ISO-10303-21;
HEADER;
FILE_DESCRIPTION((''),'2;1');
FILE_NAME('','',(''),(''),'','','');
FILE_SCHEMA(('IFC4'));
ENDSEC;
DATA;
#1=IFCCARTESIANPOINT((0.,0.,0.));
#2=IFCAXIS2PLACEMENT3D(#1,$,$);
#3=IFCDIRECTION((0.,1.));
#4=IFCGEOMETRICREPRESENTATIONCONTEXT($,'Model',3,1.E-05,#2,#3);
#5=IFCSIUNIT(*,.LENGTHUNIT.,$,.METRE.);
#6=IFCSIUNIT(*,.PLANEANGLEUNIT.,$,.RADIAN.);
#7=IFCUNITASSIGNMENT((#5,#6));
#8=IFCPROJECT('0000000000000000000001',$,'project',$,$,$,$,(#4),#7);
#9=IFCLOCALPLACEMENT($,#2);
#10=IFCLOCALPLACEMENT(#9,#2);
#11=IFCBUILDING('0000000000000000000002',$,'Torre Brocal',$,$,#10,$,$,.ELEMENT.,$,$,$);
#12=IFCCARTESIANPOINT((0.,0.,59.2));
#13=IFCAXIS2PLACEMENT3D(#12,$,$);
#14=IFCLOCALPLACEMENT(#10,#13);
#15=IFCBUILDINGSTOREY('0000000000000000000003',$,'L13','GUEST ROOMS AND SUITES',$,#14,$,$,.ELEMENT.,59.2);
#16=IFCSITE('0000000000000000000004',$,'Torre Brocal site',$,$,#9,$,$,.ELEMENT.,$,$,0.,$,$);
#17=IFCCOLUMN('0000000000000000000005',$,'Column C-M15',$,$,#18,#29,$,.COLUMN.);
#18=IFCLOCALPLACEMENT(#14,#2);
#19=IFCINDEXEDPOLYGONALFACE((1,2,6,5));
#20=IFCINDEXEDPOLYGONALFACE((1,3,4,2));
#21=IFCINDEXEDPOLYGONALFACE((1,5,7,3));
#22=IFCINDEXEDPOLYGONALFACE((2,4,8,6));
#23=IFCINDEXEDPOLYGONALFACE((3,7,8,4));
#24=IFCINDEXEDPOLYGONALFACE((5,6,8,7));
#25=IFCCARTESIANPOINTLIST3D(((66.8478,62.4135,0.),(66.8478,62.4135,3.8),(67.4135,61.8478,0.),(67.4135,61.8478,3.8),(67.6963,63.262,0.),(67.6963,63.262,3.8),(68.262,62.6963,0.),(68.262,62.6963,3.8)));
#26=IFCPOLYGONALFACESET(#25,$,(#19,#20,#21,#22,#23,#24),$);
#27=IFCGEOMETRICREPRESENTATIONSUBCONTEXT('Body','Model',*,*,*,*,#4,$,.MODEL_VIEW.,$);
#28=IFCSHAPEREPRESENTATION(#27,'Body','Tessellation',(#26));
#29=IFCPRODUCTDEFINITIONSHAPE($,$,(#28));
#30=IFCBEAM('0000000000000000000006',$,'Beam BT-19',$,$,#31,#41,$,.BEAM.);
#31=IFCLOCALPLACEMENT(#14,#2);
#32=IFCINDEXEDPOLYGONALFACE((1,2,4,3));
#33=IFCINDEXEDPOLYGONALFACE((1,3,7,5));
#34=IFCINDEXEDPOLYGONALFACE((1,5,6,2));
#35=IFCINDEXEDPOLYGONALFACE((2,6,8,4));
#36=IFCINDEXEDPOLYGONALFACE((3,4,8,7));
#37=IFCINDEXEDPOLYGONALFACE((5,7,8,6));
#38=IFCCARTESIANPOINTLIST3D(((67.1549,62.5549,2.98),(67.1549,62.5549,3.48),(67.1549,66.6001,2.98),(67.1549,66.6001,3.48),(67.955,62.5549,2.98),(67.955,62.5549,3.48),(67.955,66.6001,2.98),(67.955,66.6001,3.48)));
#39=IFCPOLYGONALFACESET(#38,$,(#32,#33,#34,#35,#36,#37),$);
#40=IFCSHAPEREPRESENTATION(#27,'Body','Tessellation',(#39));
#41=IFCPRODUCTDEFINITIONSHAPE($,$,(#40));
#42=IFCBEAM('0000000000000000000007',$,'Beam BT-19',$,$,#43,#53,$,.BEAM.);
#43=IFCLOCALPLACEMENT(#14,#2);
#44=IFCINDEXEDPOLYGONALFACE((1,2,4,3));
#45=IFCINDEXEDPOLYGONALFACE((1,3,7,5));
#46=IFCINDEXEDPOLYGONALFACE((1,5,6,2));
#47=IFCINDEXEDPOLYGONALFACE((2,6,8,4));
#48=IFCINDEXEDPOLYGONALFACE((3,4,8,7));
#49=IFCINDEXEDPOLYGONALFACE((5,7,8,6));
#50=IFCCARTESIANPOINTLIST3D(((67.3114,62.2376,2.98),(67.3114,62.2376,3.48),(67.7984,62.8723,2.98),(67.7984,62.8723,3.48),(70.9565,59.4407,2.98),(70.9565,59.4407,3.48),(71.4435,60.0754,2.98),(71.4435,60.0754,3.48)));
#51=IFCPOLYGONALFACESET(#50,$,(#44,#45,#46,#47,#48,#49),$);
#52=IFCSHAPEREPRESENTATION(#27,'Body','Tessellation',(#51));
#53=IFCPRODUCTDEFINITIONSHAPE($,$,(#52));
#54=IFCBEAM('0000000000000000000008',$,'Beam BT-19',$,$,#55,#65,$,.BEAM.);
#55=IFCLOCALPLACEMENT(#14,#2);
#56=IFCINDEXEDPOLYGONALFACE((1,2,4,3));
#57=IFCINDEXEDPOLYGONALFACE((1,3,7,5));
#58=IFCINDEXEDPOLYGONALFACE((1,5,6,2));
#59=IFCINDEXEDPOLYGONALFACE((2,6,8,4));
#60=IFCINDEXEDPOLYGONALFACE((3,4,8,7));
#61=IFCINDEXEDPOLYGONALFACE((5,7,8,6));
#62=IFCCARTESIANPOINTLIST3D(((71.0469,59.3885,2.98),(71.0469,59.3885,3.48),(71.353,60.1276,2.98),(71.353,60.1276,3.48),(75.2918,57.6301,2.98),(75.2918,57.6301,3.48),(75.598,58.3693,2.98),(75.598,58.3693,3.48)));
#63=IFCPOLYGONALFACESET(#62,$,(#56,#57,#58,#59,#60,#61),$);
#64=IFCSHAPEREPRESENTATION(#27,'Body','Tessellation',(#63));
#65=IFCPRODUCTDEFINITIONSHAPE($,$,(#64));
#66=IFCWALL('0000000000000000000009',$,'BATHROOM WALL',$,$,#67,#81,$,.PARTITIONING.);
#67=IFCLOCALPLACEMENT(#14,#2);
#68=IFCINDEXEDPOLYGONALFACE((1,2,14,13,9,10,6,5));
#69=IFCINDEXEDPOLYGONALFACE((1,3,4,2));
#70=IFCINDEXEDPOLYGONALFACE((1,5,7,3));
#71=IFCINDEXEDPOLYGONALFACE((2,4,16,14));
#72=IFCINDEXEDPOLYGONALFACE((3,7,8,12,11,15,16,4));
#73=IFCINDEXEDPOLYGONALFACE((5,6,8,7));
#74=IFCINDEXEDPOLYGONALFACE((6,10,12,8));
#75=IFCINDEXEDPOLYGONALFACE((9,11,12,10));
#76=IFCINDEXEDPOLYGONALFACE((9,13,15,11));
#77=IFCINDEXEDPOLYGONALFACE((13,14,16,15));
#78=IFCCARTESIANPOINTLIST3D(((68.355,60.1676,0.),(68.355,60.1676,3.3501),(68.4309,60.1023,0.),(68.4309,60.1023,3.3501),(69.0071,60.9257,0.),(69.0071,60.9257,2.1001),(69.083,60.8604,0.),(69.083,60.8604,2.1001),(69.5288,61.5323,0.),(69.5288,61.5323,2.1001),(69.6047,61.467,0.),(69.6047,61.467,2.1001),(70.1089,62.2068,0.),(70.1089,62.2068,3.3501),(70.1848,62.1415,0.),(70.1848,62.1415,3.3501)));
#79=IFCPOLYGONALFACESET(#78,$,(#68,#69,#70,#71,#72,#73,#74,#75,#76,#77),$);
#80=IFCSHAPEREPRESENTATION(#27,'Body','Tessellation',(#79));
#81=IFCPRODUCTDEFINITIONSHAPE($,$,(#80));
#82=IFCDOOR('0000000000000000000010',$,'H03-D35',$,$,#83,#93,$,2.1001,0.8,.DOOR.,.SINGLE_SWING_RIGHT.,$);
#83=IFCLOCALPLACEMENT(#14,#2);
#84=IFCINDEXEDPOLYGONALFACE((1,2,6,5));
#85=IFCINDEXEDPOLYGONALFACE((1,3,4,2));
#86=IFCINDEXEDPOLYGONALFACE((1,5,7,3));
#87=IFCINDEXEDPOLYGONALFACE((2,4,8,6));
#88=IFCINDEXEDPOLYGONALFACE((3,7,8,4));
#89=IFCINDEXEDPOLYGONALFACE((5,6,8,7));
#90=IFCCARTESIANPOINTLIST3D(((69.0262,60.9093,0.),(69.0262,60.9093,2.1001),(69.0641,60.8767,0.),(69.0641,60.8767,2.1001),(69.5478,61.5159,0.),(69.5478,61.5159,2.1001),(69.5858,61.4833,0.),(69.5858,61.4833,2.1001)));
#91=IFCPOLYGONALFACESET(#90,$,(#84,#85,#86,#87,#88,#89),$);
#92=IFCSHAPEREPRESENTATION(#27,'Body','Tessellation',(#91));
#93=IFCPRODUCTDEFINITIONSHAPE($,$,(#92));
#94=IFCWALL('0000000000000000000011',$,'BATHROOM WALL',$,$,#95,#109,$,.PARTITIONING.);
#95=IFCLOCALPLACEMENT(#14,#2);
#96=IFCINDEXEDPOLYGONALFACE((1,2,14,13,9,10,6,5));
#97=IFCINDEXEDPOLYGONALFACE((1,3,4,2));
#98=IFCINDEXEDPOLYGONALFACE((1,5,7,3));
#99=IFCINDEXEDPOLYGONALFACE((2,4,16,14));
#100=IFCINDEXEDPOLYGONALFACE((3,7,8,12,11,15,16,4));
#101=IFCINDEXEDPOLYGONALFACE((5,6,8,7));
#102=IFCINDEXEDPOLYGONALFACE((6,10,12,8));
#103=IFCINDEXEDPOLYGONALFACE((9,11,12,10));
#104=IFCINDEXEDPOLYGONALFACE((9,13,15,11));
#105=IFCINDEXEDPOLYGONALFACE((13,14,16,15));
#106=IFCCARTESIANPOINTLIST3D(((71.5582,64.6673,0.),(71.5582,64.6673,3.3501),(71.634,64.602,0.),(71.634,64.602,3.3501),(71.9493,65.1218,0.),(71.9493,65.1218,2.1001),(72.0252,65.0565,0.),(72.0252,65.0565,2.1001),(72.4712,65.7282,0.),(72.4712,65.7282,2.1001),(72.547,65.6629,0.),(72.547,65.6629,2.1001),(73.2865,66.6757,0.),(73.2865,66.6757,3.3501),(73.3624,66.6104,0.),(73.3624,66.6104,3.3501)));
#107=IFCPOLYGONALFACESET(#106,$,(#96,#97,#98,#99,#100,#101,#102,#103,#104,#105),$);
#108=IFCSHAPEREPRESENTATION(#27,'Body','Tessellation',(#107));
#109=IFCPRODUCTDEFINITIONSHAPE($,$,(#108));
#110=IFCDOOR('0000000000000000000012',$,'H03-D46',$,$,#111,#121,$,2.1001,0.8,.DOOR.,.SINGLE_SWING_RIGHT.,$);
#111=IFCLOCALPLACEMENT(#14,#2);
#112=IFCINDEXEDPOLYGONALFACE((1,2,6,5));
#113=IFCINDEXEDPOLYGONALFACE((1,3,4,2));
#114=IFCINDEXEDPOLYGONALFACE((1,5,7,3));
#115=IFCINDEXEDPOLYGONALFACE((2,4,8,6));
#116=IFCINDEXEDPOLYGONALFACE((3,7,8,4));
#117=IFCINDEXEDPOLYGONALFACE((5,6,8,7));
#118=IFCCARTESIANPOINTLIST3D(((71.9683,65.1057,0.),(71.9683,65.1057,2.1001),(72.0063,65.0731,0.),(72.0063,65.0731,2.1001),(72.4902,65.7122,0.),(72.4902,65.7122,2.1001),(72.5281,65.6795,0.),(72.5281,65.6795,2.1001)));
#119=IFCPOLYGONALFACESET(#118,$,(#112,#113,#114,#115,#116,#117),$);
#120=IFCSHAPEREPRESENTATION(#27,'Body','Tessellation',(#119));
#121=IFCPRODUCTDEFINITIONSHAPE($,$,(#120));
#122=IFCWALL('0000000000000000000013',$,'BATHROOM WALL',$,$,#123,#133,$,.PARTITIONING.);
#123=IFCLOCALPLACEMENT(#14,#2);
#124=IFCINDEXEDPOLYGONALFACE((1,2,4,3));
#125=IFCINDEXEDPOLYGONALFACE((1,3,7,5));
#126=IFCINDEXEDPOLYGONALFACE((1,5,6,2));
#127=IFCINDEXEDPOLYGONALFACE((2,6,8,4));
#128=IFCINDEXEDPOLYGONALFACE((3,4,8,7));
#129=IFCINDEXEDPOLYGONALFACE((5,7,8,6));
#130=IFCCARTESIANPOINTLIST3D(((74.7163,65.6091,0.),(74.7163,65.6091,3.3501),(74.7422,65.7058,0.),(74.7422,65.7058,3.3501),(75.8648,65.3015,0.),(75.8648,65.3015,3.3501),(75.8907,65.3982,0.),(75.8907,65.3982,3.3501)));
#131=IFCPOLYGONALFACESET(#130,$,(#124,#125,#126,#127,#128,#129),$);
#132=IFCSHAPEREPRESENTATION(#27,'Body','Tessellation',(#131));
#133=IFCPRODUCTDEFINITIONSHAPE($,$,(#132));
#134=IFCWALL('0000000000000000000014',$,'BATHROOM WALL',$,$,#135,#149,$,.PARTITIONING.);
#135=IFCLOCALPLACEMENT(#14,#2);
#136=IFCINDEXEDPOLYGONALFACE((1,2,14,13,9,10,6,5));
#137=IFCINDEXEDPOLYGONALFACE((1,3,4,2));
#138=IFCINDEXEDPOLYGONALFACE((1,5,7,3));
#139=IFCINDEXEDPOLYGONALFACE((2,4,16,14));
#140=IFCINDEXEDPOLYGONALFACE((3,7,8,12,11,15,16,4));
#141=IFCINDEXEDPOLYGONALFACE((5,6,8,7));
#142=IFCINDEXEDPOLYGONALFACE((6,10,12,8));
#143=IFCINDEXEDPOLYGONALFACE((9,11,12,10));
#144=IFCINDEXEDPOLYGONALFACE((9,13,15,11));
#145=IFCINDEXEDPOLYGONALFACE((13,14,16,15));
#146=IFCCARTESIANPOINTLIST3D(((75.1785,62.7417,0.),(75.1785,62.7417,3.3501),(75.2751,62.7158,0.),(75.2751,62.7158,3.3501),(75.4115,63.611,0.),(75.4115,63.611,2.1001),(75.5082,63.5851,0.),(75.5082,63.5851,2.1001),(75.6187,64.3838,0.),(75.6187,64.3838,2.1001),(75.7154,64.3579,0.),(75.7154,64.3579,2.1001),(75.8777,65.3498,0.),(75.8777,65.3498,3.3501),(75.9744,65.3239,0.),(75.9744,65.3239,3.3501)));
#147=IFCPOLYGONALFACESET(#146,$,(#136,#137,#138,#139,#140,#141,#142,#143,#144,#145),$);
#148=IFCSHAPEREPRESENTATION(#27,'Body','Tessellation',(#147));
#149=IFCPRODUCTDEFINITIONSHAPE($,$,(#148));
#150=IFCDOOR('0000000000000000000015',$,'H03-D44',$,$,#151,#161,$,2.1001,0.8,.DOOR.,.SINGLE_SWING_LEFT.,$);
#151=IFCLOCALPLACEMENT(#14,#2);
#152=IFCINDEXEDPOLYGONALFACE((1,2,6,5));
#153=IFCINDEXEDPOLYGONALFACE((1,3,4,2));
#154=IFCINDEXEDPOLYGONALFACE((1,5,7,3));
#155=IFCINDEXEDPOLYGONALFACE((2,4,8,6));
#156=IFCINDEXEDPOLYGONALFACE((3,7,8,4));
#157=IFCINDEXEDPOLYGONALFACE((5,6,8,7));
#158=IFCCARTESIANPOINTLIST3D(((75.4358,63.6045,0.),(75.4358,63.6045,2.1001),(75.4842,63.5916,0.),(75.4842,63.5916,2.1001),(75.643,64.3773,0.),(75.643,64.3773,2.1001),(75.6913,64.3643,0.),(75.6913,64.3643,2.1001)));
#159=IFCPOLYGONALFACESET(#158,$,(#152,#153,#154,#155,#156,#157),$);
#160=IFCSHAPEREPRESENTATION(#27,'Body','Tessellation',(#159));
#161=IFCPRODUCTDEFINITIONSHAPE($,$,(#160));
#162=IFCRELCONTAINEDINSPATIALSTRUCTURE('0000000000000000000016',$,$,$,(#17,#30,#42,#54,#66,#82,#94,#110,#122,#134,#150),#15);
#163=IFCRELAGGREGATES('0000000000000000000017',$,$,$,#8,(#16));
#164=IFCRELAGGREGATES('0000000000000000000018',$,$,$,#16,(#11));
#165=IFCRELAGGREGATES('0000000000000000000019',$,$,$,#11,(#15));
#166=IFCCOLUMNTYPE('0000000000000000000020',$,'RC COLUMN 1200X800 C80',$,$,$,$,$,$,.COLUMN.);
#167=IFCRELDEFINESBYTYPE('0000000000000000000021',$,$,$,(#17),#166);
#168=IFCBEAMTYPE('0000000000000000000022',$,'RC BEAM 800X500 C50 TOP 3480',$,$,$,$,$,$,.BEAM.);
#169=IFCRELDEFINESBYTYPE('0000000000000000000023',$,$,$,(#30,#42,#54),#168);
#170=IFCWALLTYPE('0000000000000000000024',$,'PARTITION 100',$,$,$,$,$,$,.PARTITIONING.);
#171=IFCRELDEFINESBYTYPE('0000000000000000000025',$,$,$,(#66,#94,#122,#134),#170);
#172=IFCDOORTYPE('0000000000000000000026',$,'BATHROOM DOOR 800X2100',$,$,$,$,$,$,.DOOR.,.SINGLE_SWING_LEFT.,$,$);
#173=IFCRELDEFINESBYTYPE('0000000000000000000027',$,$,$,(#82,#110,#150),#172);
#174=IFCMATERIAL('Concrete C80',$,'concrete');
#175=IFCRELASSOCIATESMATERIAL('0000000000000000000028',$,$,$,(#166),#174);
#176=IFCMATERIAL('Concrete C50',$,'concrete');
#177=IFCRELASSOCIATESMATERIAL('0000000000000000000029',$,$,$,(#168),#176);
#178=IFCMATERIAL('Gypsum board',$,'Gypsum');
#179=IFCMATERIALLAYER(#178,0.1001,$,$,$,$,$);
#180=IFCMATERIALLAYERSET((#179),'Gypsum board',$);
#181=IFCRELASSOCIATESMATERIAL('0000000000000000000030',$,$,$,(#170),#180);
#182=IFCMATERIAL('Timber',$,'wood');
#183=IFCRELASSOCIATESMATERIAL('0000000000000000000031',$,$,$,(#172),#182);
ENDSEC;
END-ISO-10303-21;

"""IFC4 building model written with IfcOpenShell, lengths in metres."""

from ifc_helpers import new_model, si_unit, direction, frame, frame_2d, origin, origin_2d, place, context, subcontext, project, spatial, rectangle, extrude, material, layer, layer_set, material_profile, profile_set, type_object, element, fill, save


model = new_model("IFC4")

# Units and contexts
model_context = context("Model", 3, precision=1e-05, world=origin(), true_north=direction((0.0, 1.0)))
body_context = subcontext(model_context, "Body", "Model", "MODEL_VIEW")
ifc_project = project(units=[si_unit("LENGTHUNIT", "METRE"), si_unit("PLANEANGLEUNIT", "RADIAN")], contexts=[model_context])

# Site, building, storey
site_placement = place(None, origin())
site = spatial("IfcSite", under=ifc_project, at=site_placement, Name="Torre Brocal site", CompositionType="ELEMENT", RefElevation=0.0)
building_placement = place(site_placement, origin())
building = spatial("IfcBuilding", under=site, at=building_placement, Name="Torre Brocal", CompositionType="ELEMENT")
storey_placement = place(building_placement, frame((0.0, 0.0, 59.2)))
storey = spatial("IfcBuildingStorey", under=building, at=storey_placement, Name="L13", Description="GUEST ROOMS AND SUITES", CompositionType="ELEMENT", Elevation=59.2)

# Column
ifc_material_1 = material(Name="Concrete C80", Category="concrete")
ifc_material_profile_1 = material_profile(ifc_material_1, rectangle(XDim=1.2, YDim=0.8, at=origin_2d()), Name="RC 1200X800")
ifc_profile_set_1 = profile_set([ifc_material_profile_1], Name="Concrete C80")
column_type = type_object("IfcColumnType", Name="RC COLUMN 1200X800 C80", PredefinedType="COLUMN", material=ifc_profile_set_1)
column_placement = place(storey_placement, frame((67.5549, 62.5549, 0.0), z_axis=(0.0, 0.0, 1.0), x_axis=(-0.707107, -0.707107, 0.0)))
element("IfcColumn", 1, at=column_placement, inside=storey, type_object=column_type, Name="Column C-M15", PredefinedType="COLUMN", context=body_context, shape_type="SweptSolid", body=[
    extrude(rectangle(XDim=1.2, YDim=0.8, at=origin_2d()), origin(), (0.0, 0.0, 1.0), 3.8),
])

# Beams
ifc_material_2 = material(Name="Concrete C50", Category="concrete")
ifc_material_profile_2 = material_profile(ifc_material_2, rectangle(XDim=0.8, YDim=0.5, at=origin_2d()), Name="RC 800X500")
ifc_profile_set_2 = profile_set([ifc_material_profile_2], Name="Concrete C50")
beam_type = type_object("IfcBeamType", Name="RC BEAM 800X500 C50 TOP 3480", PredefinedType="BEAM", material=ifc_profile_set_2)
beam_1_placement = place(storey_placement, frame((67.5549, 62.5549, 3.23), z_axis=(0.0, 1.0, 0.0), x_axis=(-1.0, 0.0, 0.0)))
element("IfcBeam", 2, at=beam_1_placement, inside=storey, type_object=beam_type, Name="Beam BT-19", PredefinedType="BEAM", context=body_context, shape_type="SweptSolid", body=[
    extrude(rectangle(XDim=0.8, YDim=0.5, at=origin_2d()), origin(), (0.0, 0.0, 1.0), 4.0452),
])
beam_2_placement = place(storey_placement, frame((67.5549, 62.5549, 3.23), z_axis=(0.793358, -0.608755, 0.0), x_axis=(0.608755, 0.793358, 0.0)))
element("IfcBeam", 3, at=beam_2_placement, inside=storey, type_object=beam_type, Name="Beam BT-19", PredefinedType="BEAM", context=body_context, shape_type="SweptSolid", body=[
    extrude(rectangle(XDim=0.8, YDim=0.5, at=origin_2d()), origin(), (0.0, 0.0, 1.0), 4.5945),
])
beam_3_placement = place(storey_placement, frame((71.2, 59.7581, 3.23), z_axis=(0.923878, -0.382687, 0.0), x_axis=(0.382687, 0.923878, 0.0)))
element("IfcBeam", 4, at=beam_3_placement, inside=storey, type_object=beam_type, Name="Beam BT-19", PredefinedType="BEAM", context=body_context, shape_type="SweptSolid", body=[
    extrude(rectangle(XDim=0.8, YDim=0.5, at=origin_2d()), origin(), (0.0, 0.0, 1.0), 4.5947),
])

# Walls, openings, doors
ifc_material_3 = material(Name="Gypsum board", Category="Gypsum")
ifc_layer_1 = layer(ifc_material_3, 0.1001)
ifc_layer_set_1 = layer_set([ifc_layer_1], Name="Gypsum board")
wall_type_1 = type_object("IfcWallType", Name="PARTITION 100", PredefinedType="PARTITIONING", material=ifc_layer_set_1)
wall_1_placement = place(storey_placement, frame((68.3931, 60.135, 0.0), z_axis=(0.0, 0.0, 1.0), x_axis=(0.652061, 0.758166, 0.0)))
wall_1 = element("IfcWall", 5, at=wall_1_placement, inside=storey, type_object=wall_type_1, Name="BATHROOM WALL", PredefinedType="PARTITIONING", context=body_context, shape_type="SweptSolid", body=[
    extrude(rectangle(XDim=2.6897, YDim=0.1001, at=frame_2d((1.3447, 0.0))), origin(), (0.0, 0.0, 1.0), 3.3501),
])
opening_1_placement = place(wall_1_placement, frame((1.0, 0.0, 0.0)))
opening_1 = element("IfcOpeningElement", 6, at=opening_1_placement, cuts=wall_1, PredefinedType="OPENING", context=body_context, shape_type="SweptSolid", body=[
    extrude(rectangle(XDim=0.8, YDim=2.1001, at=frame_2d((0.3999, 1.05))), frame((0.0, 0.0601, 0.0), z_axis=(0.0, -1.0, 0.0), x_axis=(1.0, 0.0, 0.0)), (0.0, 0.0, 1.0), 0.1201),
])
ifc_material_4 = material(Name="Timber", Category="wood")
door_type_1 = type_object("IfcDoorType", Name="BATHROOM DOOR 800X2100", OperationType="SINGLE_SWING_LEFT", PredefinedType="DOOR", material=ifc_material_4)
door_1_placement = place(opening_1_placement, origin())
door_1 = element("IfcDoor", 7, at=door_1_placement, inside=storey, type_object=door_type_1, Name="H03-D35", OperationType="SINGLE_SWING_RIGHT", OverallHeight=2.1001, OverallWidth=0.8, PredefinedType="DOOR", context=body_context, shape_type="SweptSolid", body=[
    extrude(rectangle(XDim=0.8, YDim=2.1001, at=frame_2d((0.3999, 1.05))), frame((0.0, 0.0249, 0.0), z_axis=(0.0, -1.0, 0.0), x_axis=(1.0, 0.0, 0.0)), (0.0, 0.0, 1.0), 0.05),
])
fill(opening_1, door_1)
wall_2_placement = place(storey_placement, frame((71.5962, 64.6348, 0.0), z_axis=(0.0, 0.0, 1.0), x_axis=(0.652285, 0.757974, 0.0)))
wall_2 = element("IfcWall", 8, at=wall_2_placement, inside=storey, type_object=wall_type_1, Name="BATHROOM WALL", PredefinedType="PARTITIONING", context=body_context, shape_type="SweptSolid", body=[
    extrude(rectangle(XDim=2.6497, YDim=0.1001, at=frame_2d((1.3247, 0.0))), origin(), (0.0, 0.0, 1.0), 3.3501),
])
opening_2_placement = place(wall_2_placement, frame((0.5996, 0.0, 0.0)))
opening_2 = element("IfcOpeningElement", 9, at=opening_2_placement, cuts=wall_2, PredefinedType="OPENING", context=body_context, shape_type="SweptSolid", body=[
    extrude(rectangle(XDim=0.8, YDim=2.1001, at=frame_2d((0.3999, 1.05))), frame((0.0, 0.0601, 0.0), z_axis=(0.0, -1.0, 0.0), x_axis=(1.0, 0.0, 0.0)), (0.0, 0.0, 1.0), 0.1201),
])
door_2_placement = place(opening_2_placement, frame((0.8, 0.0, 0.0), z_axis=(0.0, 0.0, 1.0), x_axis=(-1.0, 0.0, 0.0)))
door_2 = element("IfcDoor", 10, at=door_2_placement, inside=storey, type_object=door_type_1, Name="H03-D46", OperationType="SINGLE_SWING_RIGHT", OverallHeight=2.1001, OverallWidth=0.8, PredefinedType="DOOR", context=body_context, shape_type="SweptSolid", body=[
    extrude(rectangle(XDim=0.8, YDim=2.1001, at=frame_2d((0.3999, 1.05))), frame((0.0, 0.0249, 0.0), z_axis=(0.0, -1.0, 0.0), x_axis=(1.0, 0.0, 0.0)), (0.0, 0.0, 1.0), 0.05),
])
fill(opening_2, door_2)

# Wall
wall_3_placement = place(storey_placement, frame((74.7292, 65.6575, 0.0), z_axis=(0.0, 0.0, 1.0), x_axis=(0.965948, -0.258736, 0.0)))
element("IfcWall", 11, at=wall_3_placement, inside=storey, type_object=wall_type_1, Name="BATHROOM WALL", PredefinedType="PARTITIONING", context=body_context, shape_type="SweptSolid", body=[
    extrude(rectangle(XDim=1.189, YDim=0.1001, at=frame_2d((0.5945, 0.0))), origin(), (0.0, 0.0, 1.0), 3.3501),
])

# Wall, opening, door
wall_4_placement = place(storey_placement, frame((75.2268, 62.7288, 0.0), z_axis=(0.0, 0.0, 1.0), x_axis=(0.258945, 0.965892, 0.0)))
wall_4 = element("IfcWall", 12, at=wall_4_placement, inside=storey, type_object=wall_type_1, Name="BATHROOM WALL", PredefinedType="PARTITIONING", context=body_context, shape_type="SweptSolid", body=[
    extrude(rectangle(XDim=2.7002, YDim=0.1001, at=frame_2d((1.3501, 0.0))), origin(), (0.0, 0.0, 1.0), 3.3501),
])
opening_3_placement = place(wall_4_placement, frame((0.9001, 0.0, 0.0)))
opening_3 = element("IfcOpeningElement", 13, at=opening_3_placement, cuts=wall_4, PredefinedType="OPENING", context=body_context, shape_type="SweptSolid", body=[
    extrude(rectangle(XDim=0.8, YDim=2.1001, at=frame_2d((0.3999, 1.05))), frame((0.0, 0.0601, 0.0), z_axis=(0.0, -1.0, 0.0), x_axis=(1.0, 0.0, 0.0)), (0.0, 0.0, 1.0), 0.1201),
])
door_3_placement = place(opening_3_placement, origin())
door_3 = element("IfcDoor", 14, at=door_3_placement, inside=storey, type_object=door_type_1, Name="H03-D44", OperationType="SINGLE_SWING_LEFT", OverallHeight=2.1001, OverallWidth=0.8, PredefinedType="DOOR", context=body_context, shape_type="SweptSolid", body=[
    extrude(rectangle(XDim=0.8, YDim=2.1001, at=frame_2d((0.3999, 1.05))), frame((0.0, 0.0249, 0.0), z_axis=(0.0, -1.0, 0.0), x_axis=(1.0, 0.0, 0.0)), (0.0, 0.0, 1.0), 0.05),
])
fill(opening_3, door_3)

save(model, "model.ifc")
